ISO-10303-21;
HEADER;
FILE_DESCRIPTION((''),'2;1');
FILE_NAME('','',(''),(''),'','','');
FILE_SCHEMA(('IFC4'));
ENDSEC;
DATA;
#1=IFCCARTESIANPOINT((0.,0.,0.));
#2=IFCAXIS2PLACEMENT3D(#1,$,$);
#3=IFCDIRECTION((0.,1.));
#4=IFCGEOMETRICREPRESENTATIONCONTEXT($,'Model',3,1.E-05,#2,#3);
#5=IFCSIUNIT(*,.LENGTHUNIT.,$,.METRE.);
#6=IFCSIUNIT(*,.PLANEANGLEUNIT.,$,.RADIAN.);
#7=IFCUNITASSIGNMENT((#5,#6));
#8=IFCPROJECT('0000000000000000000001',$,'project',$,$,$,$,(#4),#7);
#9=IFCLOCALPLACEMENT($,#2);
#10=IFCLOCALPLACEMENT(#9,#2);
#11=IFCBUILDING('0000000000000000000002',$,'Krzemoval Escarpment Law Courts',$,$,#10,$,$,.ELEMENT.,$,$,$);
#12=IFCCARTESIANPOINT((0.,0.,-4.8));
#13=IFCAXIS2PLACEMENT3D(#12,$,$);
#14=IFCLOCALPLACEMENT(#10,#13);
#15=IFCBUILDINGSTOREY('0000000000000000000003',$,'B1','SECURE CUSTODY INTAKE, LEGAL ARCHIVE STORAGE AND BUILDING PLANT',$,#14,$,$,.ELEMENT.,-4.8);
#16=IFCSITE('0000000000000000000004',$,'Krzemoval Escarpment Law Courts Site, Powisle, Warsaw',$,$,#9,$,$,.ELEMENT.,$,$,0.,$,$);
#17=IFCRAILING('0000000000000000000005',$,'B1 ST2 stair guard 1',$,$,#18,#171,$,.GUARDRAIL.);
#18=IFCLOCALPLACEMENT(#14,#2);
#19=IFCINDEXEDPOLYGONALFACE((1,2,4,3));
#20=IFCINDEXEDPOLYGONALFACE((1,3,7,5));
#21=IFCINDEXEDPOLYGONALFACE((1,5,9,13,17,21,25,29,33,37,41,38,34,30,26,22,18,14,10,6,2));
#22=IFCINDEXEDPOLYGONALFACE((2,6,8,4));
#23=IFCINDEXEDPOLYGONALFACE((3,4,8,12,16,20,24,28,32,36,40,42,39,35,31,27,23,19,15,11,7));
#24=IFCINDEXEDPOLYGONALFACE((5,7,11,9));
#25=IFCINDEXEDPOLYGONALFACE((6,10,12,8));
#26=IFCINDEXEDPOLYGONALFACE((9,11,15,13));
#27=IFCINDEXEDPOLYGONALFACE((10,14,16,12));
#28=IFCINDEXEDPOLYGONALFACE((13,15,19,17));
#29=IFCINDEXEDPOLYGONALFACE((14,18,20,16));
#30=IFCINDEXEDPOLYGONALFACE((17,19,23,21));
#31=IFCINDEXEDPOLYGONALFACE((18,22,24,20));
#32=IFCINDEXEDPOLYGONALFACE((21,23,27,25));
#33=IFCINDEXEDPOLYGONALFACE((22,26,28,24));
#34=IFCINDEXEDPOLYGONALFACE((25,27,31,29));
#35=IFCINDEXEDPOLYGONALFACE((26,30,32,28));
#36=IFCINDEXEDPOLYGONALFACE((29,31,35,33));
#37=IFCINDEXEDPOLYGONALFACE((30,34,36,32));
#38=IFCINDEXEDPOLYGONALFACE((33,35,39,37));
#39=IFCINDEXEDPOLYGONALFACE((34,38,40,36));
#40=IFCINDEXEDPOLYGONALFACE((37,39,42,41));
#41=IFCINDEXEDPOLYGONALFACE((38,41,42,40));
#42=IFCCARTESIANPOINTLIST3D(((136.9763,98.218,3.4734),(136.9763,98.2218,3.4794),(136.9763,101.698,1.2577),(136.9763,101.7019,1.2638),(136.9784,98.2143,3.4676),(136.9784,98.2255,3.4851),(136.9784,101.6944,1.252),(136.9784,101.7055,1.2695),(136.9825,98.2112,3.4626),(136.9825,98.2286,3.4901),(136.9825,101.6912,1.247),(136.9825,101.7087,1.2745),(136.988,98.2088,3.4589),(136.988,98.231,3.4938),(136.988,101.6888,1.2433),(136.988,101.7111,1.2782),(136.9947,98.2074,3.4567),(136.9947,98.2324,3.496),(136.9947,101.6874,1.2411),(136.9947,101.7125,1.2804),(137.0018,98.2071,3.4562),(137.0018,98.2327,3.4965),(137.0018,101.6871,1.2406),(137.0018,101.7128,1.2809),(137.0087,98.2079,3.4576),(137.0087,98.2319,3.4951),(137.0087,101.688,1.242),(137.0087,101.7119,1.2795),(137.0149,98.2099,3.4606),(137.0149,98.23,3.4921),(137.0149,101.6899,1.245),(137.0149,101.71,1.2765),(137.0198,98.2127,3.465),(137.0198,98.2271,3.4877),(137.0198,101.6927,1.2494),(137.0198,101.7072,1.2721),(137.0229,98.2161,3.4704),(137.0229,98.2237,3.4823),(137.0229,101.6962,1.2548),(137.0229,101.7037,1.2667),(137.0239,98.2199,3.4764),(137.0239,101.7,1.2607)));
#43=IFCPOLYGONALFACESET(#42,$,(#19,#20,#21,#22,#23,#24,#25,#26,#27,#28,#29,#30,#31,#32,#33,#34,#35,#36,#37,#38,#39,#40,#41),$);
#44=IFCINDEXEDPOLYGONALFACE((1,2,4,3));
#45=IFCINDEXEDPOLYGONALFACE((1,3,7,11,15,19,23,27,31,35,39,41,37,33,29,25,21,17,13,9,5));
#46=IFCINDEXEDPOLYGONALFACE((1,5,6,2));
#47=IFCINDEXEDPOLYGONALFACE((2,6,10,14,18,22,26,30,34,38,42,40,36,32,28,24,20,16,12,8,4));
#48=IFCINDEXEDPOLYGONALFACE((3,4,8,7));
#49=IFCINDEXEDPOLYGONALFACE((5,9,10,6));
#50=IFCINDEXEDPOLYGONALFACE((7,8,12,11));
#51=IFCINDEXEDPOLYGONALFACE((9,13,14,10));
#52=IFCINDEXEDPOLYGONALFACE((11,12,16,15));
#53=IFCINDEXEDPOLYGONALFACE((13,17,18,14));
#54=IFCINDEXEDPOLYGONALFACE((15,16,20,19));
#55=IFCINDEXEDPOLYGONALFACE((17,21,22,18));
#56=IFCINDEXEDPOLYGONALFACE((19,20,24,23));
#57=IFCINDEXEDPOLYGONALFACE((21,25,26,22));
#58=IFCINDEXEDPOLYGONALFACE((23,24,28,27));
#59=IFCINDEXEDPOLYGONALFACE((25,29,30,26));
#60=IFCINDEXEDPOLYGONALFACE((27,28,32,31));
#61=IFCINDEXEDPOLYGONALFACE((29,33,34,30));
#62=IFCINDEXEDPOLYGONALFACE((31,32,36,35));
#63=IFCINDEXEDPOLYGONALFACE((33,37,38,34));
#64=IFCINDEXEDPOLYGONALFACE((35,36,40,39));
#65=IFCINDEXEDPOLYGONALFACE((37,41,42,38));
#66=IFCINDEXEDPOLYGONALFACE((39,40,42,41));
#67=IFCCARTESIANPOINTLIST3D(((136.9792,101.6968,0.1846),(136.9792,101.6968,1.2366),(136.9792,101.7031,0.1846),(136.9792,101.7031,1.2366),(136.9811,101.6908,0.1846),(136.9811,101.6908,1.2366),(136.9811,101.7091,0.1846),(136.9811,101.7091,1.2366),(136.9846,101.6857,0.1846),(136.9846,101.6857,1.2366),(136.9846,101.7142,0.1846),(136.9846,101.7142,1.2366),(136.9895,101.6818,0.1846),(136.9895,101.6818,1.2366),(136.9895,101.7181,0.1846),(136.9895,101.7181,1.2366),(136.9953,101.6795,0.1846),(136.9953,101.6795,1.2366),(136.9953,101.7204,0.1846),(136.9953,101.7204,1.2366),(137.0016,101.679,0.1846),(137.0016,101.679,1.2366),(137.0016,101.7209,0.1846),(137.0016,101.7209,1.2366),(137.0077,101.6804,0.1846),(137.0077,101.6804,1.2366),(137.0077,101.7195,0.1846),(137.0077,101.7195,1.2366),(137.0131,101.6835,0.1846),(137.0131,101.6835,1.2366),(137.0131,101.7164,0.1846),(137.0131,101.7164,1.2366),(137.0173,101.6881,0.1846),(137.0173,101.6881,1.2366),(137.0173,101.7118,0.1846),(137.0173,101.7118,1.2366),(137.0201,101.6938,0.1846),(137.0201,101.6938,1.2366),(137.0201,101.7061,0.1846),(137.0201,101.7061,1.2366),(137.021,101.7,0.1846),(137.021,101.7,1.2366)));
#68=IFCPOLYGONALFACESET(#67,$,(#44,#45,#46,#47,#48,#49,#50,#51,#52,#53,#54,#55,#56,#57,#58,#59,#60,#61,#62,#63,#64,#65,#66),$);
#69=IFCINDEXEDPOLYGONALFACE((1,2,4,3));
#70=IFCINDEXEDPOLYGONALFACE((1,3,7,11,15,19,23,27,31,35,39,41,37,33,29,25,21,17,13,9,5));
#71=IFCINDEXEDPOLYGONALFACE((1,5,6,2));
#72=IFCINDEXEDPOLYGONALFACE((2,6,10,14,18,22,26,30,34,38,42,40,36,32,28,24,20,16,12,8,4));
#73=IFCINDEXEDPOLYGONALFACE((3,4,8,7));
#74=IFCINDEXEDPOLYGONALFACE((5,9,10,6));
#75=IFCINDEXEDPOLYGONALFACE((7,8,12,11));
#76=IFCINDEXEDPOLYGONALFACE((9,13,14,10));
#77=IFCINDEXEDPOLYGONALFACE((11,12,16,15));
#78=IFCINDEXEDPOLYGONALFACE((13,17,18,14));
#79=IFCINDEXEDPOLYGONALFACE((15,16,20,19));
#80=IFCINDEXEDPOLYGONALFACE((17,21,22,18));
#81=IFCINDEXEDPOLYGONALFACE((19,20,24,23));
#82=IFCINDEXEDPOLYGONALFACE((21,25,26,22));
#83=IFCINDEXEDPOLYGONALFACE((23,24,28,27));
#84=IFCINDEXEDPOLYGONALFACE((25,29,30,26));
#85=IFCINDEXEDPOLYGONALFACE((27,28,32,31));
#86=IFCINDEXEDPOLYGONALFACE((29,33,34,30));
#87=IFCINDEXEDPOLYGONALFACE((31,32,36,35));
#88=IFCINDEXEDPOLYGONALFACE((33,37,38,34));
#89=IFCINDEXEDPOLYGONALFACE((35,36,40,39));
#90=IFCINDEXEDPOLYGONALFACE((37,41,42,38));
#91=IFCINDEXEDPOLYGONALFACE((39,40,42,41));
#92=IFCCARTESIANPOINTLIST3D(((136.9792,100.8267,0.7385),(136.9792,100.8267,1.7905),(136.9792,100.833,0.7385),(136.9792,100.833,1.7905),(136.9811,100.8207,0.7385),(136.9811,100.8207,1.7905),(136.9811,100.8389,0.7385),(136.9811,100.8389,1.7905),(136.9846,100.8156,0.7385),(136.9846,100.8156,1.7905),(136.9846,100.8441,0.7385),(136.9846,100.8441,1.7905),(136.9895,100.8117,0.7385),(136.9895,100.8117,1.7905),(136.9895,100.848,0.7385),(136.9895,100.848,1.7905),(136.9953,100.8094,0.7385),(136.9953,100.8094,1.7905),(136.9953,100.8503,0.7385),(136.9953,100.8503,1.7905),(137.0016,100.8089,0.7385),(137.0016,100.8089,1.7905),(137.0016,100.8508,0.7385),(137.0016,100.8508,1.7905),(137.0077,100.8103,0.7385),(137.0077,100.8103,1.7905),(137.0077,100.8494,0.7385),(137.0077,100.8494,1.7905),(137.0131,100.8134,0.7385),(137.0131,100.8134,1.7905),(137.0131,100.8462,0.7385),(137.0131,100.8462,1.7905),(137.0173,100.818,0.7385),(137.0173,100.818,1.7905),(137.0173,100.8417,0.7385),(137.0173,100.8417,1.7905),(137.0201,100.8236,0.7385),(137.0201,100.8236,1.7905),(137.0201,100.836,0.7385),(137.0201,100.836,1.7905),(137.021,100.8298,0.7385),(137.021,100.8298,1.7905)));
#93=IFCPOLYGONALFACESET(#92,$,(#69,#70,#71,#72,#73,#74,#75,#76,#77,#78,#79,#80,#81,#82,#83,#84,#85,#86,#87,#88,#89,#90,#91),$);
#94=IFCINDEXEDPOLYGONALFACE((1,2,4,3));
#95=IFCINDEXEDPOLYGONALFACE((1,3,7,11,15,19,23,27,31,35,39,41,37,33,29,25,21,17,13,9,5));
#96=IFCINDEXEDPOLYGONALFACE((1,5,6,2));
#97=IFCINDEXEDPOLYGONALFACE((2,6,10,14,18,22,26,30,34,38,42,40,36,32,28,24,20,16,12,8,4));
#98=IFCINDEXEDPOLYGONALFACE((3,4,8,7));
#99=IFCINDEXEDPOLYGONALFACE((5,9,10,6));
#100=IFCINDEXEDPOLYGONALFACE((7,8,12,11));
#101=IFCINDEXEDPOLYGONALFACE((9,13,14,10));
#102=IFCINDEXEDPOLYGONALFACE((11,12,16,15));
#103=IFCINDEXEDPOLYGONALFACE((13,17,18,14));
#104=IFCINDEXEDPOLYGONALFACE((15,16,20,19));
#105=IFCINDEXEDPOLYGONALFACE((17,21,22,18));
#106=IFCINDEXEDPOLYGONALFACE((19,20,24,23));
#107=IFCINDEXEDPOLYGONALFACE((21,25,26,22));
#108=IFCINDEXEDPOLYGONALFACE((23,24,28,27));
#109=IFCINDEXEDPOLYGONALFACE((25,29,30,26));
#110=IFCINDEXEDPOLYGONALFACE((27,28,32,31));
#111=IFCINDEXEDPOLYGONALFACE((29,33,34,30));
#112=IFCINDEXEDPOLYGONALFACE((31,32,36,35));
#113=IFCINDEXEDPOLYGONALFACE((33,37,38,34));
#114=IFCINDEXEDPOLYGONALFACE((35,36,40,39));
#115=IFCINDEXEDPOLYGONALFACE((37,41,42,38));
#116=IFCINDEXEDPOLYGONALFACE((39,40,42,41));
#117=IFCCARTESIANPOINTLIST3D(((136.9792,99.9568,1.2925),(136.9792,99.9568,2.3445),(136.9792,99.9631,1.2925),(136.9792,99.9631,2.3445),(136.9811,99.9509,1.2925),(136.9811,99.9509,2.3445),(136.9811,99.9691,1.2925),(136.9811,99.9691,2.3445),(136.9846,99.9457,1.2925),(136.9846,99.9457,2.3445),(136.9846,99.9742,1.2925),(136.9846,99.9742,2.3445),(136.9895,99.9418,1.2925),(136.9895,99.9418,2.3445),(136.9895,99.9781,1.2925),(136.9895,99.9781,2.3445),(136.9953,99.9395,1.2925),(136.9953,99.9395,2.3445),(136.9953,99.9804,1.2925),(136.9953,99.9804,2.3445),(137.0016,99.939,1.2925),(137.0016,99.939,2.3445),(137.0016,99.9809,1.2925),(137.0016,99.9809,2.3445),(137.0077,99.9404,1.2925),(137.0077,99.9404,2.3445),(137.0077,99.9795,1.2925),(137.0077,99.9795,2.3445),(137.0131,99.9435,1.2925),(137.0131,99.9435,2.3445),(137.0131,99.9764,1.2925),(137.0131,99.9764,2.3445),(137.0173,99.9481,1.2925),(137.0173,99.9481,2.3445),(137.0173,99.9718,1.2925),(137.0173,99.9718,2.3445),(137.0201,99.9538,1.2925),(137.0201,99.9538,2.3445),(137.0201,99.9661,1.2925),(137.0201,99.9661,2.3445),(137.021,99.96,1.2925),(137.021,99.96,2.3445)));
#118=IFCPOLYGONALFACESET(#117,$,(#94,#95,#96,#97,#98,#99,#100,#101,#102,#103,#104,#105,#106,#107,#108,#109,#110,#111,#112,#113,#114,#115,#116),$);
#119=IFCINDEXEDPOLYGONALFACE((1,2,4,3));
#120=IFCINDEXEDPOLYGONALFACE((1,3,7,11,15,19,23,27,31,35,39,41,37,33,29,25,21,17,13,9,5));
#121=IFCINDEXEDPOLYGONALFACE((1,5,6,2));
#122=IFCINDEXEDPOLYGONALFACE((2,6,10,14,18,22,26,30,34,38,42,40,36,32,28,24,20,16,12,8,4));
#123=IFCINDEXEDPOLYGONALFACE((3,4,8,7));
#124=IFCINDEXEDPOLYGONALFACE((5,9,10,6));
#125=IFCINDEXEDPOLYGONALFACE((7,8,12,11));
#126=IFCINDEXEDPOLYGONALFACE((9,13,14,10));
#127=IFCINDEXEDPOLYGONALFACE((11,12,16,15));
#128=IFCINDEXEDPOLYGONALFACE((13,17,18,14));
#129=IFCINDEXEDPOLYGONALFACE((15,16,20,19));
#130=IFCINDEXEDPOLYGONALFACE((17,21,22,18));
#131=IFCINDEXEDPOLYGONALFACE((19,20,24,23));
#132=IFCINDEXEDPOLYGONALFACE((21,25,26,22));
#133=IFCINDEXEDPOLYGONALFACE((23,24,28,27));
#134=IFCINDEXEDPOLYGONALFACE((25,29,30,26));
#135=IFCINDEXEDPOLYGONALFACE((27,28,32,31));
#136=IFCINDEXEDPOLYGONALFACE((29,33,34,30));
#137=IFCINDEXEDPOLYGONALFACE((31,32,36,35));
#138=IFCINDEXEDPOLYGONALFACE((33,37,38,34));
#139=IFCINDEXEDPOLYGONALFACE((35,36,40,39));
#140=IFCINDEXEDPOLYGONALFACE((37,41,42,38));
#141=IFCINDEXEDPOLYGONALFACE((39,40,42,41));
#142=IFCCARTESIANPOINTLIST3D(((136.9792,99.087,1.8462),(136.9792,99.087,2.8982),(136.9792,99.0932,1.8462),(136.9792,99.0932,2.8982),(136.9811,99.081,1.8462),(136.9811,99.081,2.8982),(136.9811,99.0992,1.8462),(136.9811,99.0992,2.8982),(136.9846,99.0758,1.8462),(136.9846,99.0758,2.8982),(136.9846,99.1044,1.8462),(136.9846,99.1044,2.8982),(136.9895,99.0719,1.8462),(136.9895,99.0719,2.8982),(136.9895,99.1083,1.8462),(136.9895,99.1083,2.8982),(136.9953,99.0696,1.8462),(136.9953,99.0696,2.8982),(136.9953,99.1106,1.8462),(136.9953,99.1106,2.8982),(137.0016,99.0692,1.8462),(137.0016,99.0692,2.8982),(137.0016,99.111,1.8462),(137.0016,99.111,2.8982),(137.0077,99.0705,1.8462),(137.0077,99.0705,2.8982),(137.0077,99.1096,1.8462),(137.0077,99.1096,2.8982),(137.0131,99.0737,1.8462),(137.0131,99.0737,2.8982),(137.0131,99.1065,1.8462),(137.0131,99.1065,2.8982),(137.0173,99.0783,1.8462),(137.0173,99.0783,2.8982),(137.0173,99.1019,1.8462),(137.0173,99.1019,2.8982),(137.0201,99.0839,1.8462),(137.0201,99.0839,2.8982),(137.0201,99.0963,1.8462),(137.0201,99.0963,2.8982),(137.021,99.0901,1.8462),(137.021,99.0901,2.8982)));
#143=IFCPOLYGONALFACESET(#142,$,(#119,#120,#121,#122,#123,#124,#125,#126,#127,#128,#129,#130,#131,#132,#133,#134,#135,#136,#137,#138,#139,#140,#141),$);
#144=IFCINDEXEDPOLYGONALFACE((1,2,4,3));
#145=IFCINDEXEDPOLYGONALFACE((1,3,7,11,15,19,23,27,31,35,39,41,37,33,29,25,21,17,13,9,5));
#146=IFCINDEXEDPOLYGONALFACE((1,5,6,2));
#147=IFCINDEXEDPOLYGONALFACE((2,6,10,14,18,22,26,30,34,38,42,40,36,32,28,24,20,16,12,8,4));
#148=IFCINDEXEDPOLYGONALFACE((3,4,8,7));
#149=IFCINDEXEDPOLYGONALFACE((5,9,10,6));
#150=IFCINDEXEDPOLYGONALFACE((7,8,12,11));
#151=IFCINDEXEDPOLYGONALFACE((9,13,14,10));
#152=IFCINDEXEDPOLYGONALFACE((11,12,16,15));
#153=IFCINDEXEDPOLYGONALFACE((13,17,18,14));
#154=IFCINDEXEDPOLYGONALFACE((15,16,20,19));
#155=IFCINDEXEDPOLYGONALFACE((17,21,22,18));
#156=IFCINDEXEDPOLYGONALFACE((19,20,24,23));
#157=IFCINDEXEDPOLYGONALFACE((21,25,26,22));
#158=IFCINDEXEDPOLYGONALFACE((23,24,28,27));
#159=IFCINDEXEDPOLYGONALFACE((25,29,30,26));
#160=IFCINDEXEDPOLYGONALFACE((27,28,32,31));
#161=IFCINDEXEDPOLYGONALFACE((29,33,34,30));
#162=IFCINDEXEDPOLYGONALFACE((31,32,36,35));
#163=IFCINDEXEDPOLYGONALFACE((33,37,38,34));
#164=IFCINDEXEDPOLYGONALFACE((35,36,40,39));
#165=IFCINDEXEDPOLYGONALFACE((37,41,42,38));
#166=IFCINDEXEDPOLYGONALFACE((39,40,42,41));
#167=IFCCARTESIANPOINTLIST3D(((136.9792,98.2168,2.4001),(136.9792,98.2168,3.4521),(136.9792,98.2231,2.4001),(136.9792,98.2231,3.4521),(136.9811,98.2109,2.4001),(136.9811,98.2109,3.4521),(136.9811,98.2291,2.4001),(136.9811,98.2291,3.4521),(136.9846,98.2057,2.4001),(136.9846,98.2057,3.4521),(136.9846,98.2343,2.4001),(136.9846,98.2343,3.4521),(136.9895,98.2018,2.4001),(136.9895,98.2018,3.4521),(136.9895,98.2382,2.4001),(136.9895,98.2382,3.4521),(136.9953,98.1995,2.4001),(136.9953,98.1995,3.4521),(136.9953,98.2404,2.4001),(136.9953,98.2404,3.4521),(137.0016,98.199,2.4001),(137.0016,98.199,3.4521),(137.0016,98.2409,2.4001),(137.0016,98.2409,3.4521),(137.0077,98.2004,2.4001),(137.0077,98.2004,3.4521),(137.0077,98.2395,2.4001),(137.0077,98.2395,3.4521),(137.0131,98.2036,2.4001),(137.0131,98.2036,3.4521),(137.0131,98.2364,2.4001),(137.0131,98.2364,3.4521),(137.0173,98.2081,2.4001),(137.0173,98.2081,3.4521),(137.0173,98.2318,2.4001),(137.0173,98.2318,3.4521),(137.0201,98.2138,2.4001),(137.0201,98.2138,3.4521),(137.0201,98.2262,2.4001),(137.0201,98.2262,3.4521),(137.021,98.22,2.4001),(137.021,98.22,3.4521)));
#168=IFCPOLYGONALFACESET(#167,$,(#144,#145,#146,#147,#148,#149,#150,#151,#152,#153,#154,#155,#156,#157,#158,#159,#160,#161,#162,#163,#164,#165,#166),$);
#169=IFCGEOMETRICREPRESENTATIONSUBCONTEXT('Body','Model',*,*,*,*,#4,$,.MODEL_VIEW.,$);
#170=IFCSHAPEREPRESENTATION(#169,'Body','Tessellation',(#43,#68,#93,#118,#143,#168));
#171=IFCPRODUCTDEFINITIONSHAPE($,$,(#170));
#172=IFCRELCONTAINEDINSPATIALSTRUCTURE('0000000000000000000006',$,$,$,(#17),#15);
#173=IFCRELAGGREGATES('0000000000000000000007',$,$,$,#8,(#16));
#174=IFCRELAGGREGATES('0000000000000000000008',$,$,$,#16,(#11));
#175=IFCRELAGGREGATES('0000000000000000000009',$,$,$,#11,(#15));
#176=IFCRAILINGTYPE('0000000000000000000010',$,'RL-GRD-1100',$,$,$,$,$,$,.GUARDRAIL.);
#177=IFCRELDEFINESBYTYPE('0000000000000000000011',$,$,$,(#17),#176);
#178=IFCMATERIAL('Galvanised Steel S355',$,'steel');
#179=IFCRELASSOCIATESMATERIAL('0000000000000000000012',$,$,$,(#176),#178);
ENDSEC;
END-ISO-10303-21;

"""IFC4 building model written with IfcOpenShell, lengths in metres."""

from ifc_helpers import new_model, si_unit, direction, frame, origin, origin_2d, place, context, subcontext, project, spatial, circle, extrude, material, type_object, element, save


model = new_model("IFC4")

# Units and contexts
model_context = context("Model", 3, precision=1e-05, world=origin(), true_north=direction((0.0, 1.0)))
body_context = subcontext(model_context, "Body", "Model", "MODEL_VIEW")
ifc_project = project(units=[si_unit("LENGTHUNIT", "METRE"), si_unit("PLANEANGLEUNIT", "RADIAN")], contexts=[model_context])

# Site, building, storey
site_placement = place(None, origin())
site = spatial("IfcSite", under=ifc_project, at=site_placement, Name="Krzemoval Escarpment Law Courts Site, Powisle, Warsaw", CompositionType="ELEMENT", RefElevation=0.0)
building_placement = place(site_placement, origin())
building = spatial("IfcBuilding", under=site, at=building_placement, Name="Krzemoval Escarpment Law Courts", CompositionType="ELEMENT")
storey_placement = place(building_placement, frame((0.0, 0.0, -4.8)))
storey = spatial("IfcBuildingStorey", under=building, at=storey_placement, Name="B1", Description="SECURE CUSTODY INTAKE, LEGAL ARCHIVE STORAGE AND BUILDING PLANT", CompositionType="ELEMENT", Elevation=-4.8)

# Railing
ifc_material_1 = material(Name="Galvanised Steel S355", Category="steel")
railing_type_1 = type_object("IfcRailingType", Name="RL-GRD-1100", PredefinedType="GUARDRAIL", material=ifc_material_1)
railing_1_placement = place(storey_placement, frame((137.0, 101.7, 0.1846)))
element("IfcRailing", 1, at=railing_1_placement, inside=storey, type_object=railing_type_1, Name="B1 ST2 stair guard 1", PredefinedType="GUARDRAIL", context=body_context, shape_type="SweptSolid", body=[
    extrude(circle(Radius=0.0239, at=origin_2d()), frame((0.0, 0.0, 1.0762), z_axis=(0.0, -0.843547, 0.537055), x_axis=(1.0, 0.0, 0.0)), (0.0, 0.0, 1.0), 4.1255),
    extrude(circle(Radius=0.021, at=origin_2d()), origin(), (0.0, 0.0, 1.0), 1.052),
    extrude(circle(Radius=0.021, at=origin_2d()), frame((0.0, -0.8701, 0.554)), (0.0, 0.0, 1.0), 1.052),
    extrude(circle(Radius=0.021, at=origin_2d()), frame((0.0, -1.74, 1.1079)), (0.0, 0.0, 1.0), 1.052),
    extrude(circle(Radius=0.021, at=origin_2d()), frame((0.0, -2.6099, 1.6616)), (0.0, 0.0, 1.0), 1.052),
    extrude(circle(Radius=0.021, at=origin_2d()), frame((0.0, -3.48, 2.2156)), (0.0, 0.0, 1.0), 1.052),
])

save(model, "model.ifc")
